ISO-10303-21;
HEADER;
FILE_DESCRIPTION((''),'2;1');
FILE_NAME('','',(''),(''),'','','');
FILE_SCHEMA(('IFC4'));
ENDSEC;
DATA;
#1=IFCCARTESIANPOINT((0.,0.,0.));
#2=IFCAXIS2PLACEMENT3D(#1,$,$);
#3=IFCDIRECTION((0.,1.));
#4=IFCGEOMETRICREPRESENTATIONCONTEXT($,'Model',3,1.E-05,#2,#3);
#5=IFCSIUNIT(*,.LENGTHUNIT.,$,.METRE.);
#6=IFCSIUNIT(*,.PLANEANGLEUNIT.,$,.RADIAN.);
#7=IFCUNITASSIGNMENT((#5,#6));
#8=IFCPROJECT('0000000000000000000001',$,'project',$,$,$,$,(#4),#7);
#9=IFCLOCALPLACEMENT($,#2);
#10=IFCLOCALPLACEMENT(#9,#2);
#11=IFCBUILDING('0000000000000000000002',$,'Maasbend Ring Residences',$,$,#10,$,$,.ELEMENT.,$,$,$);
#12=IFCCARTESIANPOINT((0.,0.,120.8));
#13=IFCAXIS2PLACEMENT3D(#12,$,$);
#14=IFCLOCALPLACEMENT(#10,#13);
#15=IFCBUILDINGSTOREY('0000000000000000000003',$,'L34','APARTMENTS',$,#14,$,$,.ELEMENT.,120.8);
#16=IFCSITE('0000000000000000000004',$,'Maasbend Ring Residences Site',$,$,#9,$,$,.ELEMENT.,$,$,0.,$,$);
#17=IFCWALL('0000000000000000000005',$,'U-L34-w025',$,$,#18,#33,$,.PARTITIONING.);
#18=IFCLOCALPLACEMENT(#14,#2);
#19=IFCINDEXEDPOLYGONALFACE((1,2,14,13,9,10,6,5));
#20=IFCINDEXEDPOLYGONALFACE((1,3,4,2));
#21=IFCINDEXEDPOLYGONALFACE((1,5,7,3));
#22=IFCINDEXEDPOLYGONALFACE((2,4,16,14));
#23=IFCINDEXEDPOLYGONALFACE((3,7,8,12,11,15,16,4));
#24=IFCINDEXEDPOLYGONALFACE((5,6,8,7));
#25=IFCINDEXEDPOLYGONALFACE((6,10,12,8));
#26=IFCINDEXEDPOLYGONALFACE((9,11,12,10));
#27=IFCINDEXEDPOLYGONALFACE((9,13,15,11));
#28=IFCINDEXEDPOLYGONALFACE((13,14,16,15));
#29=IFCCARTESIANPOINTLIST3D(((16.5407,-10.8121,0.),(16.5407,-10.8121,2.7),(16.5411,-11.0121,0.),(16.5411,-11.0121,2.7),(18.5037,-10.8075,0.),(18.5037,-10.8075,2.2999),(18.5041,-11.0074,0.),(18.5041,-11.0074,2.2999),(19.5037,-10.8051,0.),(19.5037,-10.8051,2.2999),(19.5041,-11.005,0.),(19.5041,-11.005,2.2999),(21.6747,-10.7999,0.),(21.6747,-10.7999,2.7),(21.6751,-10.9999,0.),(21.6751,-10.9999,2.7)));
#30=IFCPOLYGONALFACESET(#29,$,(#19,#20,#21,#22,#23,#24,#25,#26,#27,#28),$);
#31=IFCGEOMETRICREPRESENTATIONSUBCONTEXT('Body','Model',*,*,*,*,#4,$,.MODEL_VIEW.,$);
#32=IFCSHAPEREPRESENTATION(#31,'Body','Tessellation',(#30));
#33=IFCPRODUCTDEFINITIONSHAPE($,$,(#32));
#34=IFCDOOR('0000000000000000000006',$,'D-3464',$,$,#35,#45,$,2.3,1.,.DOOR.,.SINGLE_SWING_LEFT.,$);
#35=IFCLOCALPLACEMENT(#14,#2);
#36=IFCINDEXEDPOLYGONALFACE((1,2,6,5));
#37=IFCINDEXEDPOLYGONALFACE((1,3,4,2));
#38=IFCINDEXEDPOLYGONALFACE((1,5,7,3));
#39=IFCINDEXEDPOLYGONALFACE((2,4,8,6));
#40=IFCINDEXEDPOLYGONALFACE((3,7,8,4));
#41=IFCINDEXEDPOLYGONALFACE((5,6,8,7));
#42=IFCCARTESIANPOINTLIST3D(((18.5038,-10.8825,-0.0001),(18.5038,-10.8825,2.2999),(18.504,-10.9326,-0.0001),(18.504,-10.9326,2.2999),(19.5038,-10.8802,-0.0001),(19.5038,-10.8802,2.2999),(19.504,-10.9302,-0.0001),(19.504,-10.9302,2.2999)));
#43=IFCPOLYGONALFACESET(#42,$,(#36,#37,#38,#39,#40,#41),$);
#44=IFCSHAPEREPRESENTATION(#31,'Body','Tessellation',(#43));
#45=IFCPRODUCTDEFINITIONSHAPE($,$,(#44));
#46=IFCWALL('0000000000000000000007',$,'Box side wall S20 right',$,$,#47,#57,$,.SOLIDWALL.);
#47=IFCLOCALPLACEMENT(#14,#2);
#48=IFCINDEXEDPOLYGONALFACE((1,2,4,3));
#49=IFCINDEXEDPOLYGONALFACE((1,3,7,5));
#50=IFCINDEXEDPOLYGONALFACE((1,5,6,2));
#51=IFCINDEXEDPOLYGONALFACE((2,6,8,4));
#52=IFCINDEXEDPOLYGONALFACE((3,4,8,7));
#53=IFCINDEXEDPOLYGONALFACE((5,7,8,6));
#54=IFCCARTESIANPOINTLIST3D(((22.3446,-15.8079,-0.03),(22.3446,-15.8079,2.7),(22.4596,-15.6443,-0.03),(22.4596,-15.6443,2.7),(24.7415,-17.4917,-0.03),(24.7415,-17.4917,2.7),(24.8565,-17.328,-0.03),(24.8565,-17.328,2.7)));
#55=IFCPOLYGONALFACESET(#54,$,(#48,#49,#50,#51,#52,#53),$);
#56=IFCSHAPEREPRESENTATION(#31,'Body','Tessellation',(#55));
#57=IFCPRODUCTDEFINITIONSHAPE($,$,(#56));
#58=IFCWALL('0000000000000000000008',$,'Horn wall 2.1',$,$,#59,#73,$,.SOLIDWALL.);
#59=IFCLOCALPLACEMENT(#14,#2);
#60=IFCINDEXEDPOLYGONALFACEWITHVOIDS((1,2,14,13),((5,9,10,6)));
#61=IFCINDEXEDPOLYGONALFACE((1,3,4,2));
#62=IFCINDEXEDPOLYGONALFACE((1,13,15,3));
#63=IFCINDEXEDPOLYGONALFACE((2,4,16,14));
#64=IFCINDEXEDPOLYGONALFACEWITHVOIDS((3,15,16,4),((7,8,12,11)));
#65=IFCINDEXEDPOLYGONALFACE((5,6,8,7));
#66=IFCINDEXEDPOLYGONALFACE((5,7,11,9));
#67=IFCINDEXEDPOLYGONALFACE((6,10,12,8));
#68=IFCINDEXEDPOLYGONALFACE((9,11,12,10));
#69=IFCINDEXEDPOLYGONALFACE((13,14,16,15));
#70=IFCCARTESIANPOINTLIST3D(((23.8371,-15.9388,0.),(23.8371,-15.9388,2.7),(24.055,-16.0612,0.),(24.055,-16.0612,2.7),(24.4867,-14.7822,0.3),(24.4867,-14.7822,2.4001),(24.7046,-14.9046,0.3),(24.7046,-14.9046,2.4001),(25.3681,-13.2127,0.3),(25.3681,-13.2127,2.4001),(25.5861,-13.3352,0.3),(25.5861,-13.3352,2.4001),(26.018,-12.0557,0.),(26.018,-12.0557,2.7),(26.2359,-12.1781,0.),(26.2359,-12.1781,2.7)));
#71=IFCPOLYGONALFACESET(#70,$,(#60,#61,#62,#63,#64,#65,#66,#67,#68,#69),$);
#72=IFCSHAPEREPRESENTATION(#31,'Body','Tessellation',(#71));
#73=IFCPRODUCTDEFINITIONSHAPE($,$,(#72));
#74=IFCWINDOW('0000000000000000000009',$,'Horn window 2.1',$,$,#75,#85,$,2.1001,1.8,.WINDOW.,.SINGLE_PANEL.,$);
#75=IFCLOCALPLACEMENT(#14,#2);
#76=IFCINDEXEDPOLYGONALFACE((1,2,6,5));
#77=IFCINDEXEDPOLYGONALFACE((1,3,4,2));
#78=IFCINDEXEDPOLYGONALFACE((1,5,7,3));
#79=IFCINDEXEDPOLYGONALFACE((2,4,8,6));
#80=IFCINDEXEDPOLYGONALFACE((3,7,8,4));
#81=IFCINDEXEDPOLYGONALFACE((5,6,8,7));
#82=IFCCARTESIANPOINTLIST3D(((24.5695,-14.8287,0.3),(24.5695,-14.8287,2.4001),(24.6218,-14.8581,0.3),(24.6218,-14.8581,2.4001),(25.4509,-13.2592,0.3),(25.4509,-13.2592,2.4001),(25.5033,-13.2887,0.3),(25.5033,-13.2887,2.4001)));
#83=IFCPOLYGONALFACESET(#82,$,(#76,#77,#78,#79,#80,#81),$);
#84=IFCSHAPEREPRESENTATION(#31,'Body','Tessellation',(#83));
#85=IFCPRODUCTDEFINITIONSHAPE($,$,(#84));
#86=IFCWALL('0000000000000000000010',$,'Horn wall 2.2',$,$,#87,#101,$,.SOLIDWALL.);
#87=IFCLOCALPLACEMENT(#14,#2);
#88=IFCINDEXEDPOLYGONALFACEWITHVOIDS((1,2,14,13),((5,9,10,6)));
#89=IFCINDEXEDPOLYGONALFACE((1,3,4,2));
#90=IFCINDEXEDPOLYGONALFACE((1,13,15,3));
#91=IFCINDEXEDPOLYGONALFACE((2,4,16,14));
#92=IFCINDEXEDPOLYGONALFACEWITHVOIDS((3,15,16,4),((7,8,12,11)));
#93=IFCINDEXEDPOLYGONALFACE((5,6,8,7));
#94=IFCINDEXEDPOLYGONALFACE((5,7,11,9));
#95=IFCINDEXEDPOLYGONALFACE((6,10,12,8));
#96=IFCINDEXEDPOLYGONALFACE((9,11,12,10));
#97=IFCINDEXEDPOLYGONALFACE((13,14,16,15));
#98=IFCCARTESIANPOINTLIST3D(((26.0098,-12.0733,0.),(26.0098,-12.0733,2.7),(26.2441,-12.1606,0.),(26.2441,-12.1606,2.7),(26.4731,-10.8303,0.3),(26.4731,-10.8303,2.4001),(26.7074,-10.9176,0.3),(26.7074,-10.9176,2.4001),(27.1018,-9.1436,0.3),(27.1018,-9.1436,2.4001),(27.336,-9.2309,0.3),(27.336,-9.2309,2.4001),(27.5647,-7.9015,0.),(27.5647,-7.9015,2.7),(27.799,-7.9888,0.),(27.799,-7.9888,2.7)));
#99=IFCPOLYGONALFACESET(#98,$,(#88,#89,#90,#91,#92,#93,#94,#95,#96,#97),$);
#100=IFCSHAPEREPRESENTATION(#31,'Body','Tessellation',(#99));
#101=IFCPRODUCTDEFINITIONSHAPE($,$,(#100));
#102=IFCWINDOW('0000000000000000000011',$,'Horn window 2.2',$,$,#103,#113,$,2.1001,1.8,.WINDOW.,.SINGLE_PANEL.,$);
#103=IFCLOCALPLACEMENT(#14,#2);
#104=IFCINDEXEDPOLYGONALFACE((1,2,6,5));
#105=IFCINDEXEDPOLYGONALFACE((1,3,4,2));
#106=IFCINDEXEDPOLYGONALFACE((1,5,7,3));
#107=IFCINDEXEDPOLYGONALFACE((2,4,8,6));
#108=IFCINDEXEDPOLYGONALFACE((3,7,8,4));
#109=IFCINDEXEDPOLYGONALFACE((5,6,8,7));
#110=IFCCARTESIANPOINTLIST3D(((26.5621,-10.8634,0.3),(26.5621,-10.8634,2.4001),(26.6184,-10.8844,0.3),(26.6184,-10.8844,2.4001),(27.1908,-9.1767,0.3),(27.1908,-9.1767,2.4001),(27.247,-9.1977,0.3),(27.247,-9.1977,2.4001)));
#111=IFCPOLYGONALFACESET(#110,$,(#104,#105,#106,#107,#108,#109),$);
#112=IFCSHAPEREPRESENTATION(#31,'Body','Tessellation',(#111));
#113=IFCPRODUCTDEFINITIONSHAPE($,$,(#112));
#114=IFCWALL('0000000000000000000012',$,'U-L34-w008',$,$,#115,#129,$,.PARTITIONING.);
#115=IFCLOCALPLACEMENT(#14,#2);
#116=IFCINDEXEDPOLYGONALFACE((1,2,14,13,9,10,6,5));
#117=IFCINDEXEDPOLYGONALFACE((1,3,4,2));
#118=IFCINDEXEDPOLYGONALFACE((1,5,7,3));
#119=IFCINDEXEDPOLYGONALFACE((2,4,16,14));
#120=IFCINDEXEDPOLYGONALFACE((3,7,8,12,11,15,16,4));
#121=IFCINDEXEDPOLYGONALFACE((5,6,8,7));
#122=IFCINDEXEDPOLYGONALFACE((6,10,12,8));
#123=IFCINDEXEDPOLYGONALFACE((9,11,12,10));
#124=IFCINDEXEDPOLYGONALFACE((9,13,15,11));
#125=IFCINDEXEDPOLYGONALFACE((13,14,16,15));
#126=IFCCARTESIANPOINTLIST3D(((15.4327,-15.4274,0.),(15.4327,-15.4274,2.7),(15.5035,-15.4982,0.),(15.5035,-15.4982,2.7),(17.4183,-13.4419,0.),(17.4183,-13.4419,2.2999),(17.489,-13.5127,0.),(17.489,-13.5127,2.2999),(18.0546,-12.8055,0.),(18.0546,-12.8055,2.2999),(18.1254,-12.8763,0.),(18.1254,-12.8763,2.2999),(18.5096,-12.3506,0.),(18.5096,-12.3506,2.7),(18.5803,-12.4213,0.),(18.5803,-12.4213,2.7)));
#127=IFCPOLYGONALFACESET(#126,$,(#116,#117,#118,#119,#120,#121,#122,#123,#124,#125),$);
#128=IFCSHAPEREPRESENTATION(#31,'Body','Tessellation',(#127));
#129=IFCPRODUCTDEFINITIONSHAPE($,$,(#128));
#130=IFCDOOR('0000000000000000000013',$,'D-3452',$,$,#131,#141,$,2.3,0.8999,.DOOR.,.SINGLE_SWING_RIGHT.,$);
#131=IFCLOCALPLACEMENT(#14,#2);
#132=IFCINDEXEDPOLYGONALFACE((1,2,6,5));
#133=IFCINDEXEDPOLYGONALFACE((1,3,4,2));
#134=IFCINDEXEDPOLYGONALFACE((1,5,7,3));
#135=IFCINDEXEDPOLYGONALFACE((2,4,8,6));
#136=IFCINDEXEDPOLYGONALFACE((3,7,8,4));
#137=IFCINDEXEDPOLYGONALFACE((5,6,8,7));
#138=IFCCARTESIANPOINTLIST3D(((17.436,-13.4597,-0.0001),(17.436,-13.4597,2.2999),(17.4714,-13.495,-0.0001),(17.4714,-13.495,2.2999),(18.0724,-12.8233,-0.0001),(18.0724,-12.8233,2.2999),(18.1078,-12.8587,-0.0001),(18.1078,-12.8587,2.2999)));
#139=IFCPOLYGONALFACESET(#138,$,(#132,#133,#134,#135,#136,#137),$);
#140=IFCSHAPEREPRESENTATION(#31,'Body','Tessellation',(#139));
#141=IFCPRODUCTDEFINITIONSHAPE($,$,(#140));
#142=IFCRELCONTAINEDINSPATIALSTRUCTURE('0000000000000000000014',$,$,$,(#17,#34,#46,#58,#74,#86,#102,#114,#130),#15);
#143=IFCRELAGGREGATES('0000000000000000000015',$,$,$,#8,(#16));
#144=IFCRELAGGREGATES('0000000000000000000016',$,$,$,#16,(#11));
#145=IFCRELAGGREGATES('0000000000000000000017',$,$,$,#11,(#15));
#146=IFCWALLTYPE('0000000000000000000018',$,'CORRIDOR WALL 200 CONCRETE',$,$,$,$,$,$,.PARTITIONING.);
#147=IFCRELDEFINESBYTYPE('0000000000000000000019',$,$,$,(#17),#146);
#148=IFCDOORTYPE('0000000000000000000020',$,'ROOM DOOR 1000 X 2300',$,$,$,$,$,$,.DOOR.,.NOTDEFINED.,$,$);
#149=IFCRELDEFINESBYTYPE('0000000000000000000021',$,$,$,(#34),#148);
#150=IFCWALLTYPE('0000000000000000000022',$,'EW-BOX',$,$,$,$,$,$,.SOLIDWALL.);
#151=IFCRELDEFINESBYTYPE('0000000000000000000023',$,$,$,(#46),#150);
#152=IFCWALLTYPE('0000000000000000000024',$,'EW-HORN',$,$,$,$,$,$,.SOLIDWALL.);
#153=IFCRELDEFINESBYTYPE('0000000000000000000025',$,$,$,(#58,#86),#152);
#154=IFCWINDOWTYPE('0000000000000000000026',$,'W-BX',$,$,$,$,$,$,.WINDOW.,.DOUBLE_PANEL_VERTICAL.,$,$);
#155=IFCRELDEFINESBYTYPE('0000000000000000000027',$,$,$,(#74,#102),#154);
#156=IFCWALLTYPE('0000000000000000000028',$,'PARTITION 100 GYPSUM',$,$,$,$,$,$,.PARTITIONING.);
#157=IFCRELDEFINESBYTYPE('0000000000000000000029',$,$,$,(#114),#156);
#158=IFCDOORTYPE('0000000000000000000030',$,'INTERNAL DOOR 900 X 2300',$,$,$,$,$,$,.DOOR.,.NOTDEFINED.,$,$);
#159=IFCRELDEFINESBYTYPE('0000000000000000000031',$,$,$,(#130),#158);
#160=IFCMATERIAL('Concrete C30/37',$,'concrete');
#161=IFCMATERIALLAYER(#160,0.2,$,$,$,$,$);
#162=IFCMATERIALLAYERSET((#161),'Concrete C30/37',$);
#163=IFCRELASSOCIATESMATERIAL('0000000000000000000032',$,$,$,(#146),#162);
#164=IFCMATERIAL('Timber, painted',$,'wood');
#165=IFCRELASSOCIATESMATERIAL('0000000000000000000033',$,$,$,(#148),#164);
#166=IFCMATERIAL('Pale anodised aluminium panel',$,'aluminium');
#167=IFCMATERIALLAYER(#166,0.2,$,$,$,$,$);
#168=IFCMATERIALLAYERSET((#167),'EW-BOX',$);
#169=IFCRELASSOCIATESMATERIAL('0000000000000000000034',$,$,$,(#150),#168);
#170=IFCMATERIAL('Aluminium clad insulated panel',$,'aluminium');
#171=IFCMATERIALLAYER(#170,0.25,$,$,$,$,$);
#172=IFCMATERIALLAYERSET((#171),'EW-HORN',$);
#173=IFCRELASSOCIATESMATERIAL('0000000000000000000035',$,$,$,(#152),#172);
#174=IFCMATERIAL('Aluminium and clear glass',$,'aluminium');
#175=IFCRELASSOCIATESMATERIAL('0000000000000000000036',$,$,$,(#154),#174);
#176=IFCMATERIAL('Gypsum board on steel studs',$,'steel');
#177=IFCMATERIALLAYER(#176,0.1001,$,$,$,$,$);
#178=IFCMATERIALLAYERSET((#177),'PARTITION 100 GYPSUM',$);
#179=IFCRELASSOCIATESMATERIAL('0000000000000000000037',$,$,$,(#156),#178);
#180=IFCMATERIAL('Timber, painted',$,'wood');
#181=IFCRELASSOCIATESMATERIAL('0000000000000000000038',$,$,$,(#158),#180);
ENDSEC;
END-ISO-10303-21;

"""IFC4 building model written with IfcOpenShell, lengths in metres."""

from ifc_helpers import new_model, si_unit, direction, frame, frame_2d, origin, place, context, subcontext, project, spatial, rectangle, extrude, material, layer, layer_set, type_object, element, fill, save


model = new_model("IFC4")

# Units and contexts
model_context = context("Model", 3, precision=1e-05, world=origin(), true_north=direction((0.0, 1.0)))
body_context = subcontext(model_context, "Body", "Model", "MODEL_VIEW")
ifc_project = project(units=[si_unit("LENGTHUNIT", "METRE"), si_unit("PLANEANGLEUNIT", "RADIAN")], contexts=[model_context])

# Site, building, storey
site_placement = place(None, origin())
site = spatial("IfcSite", under=ifc_project, at=site_placement, Name="Maasbend Ring Residences Site", CompositionType="ELEMENT", RefElevation=0.0)
building_placement = place(site_placement, origin())
building = spatial("IfcBuilding", under=site, at=building_placement, Name="Maasbend Ring Residences", CompositionType="ELEMENT")
storey_placement = place(building_placement, frame((0.0, 0.0, 120.8)))
storey = spatial("IfcBuildingStorey", under=building, at=storey_placement, Name="L34", Description="APARTMENTS", CompositionType="ELEMENT", Elevation=120.8)

# Wall, opening, door
ifc_material_1 = material(Name="Concrete C30/37", Category="concrete")
ifc_layer_1 = layer(ifc_material_1, 0.2)
ifc_layer_set_1 = layer_set([ifc_layer_1], Name="Concrete C30/37")
wall_type_1 = type_object("IfcWallType", Name="CORRIDOR WALL 200 CONCRETE", PredefinedType="PARTITIONING", material=ifc_layer_set_1)
wall_1_placement = place(storey_placement, frame((16.541, -10.9121, 0.0), z_axis=(0.0, 0.0, 1.0), x_axis=(0.999997, 0.002378, 0.0)))
wall_1 = element("IfcWall", 1, at=wall_1_placement, inside=storey, type_object=wall_type_1, Name="U-L34-w025", PredefinedType="PARTITIONING", context=body_context, shape_type="SweptSolid", body=[
    extrude(rectangle(XDim=5.134, YDim=0.2, at=frame_2d((2.5669, 0.0))), origin(), (0.0, 0.0, 1.0), 2.7),
])
opening_1_placement = place(wall_1_placement, frame((1.9629, 0.0, 0.0)))
opening_1 = element("IfcOpeningElement", 2, at=opening_1_placement, cuts=wall_1, PredefinedType="OPENING", context=body_context, shape_type="SweptSolid", body=[
    extrude(rectangle(XDim=1.0, YDim=2.3, at=frame_2d((0.5, 1.1499))), frame((0.0, 0.1099, 0.0), z_axis=(0.0, -1.0, 0.0), x_axis=(1.0, 0.0, 0.0)), (0.0, 0.0, 1.0), 0.22),
])
ifc_material_2 = material(Name="Timber, painted", Category="wood")
door_type_1 = type_object("IfcDoorType", Name="ROOM DOOR 1000 X 2300", OperationType="NOTDEFINED", PredefinedType="DOOR", material=ifc_material_2)
door_1_placement = place(opening_1_placement, origin())
door_1 = element("IfcDoor", 3, at=door_1_placement, inside=storey, type_object=door_type_1, Name="D-3464", OperationType="SINGLE_SWING_LEFT", OverallHeight=2.3, OverallWidth=1.0, PredefinedType="DOOR", context=body_context, shape_type="SweptSolid", body=[
    extrude(rectangle(XDim=1.0, YDim=2.3, at=frame_2d((0.5, 1.1499))), frame((0.0, 0.0249, 0.0), z_axis=(0.0, -1.0, 0.0), x_axis=(1.0, 0.0, 0.0)), (0.0, 0.0, 1.0), 0.05),
])
fill(opening_1, door_1)

# Wall
ifc_material_3 = material(Name="Pale anodised aluminium panel", Category="aluminium")
ifc_layer_2 = layer(ifc_material_3, 0.2)
ifc_layer_set_2 = layer_set([ifc_layer_2], Name="EW-BOX")
wall_type_2 = type_object("IfcWallType", Name="EW-BOX", PredefinedType="SOLIDWALL", material=ifc_layer_set_2)
wall_2_placement = place(storey_placement, frame((22.4021, -15.7261, -0.03), z_axis=(0.0, 0.0, 1.0), x_axis=(0.818275, -0.574826, 0.0)))
element("IfcWall", 4, at=wall_2_placement, inside=storey, type_object=wall_type_2, Name="Box side wall S20 right", PredefinedType="SOLIDWALL", context=body_context, shape_type="SweptSolid", body=[
    extrude(rectangle(XDim=2.9292, YDim=0.2, at=frame_2d((1.4646, 0.0))), origin(), (0.0, 0.0, 1.0), 2.73),
])

# Walls, openings, windows
ifc_material_4 = material(Name="Aluminium clad insulated panel", Category="aluminium")
ifc_layer_3 = layer(ifc_material_4, 0.25)
ifc_layer_set_3 = layer_set([ifc_layer_3], Name="EW-HORN")
wall_type_3 = type_object("IfcWallType", Name="EW-HORN", PredefinedType="SOLIDWALL", material=ifc_layer_set_3)
wall_3_placement = place(storey_placement, frame((23.946, -16.0, 0.0), z_axis=(0.0, 0.0, 1.0), x_axis=(0.489696, 0.871893, 0.0)))
wall_3 = element("IfcWall", 5, at=wall_3_placement, inside=storey, type_object=wall_type_3, Name="Horn wall 2.1", PredefinedType="SOLIDWALL", context=body_context, shape_type="SweptSolid", body=[
    extrude(rectangle(XDim=4.4536, YDim=0.25, at=frame_2d((2.2268, 0.0))), origin(), (0.0, 0.0, 1.0), 2.7),
])
opening_2_placement = place(wall_3_placement, frame((1.3267, 0.0, 0.3)))
opening_2 = element("IfcOpeningElement", 6, at=opening_2_placement, cuts=wall_3, PredefinedType="OPENING", context=body_context, shape_type="SweptSolid", body=[
    extrude(rectangle(XDim=1.8, YDim=2.1001, at=frame_2d((0.8999, 1.05))), frame((0.0, 0.135, 0.0), z_axis=(0.0, -1.0, 0.0), x_axis=(1.0, 0.0, 0.0)), (0.0, 0.0, 1.0), 0.27),
])
ifc_material_5 = material(Name="Aluminium and clear glass", Category="aluminium")
window_type = type_object("IfcWindowType", Name="W-BX", PartitioningType="DOUBLE_PANEL_VERTICAL", PredefinedType="WINDOW", material=ifc_material_5)
window_1_placement = place(opening_2_placement, origin())
window_1 = element("IfcWindow", 7, at=window_1_placement, inside=storey, type_object=window_type, Name="Horn window 2.1", OverallHeight=2.1001, OverallWidth=1.8, PartitioningType="SINGLE_PANEL", PredefinedType="WINDOW", context=body_context, shape_type="SweptSolid", body=[
    extrude(rectangle(XDim=1.8, YDim=2.1001, at=frame_2d((0.8999, 1.05))), frame((0.0, 0.03, 0.0), z_axis=(0.0, -1.0, 0.0), x_axis=(1.0, 0.0, 0.0)), (0.0, 0.0, 1.0), 0.0601),
])
fill(opening_2, window_1)
wall_4_placement = place(storey_placement, frame((26.127, -12.1169, 0.0), z_axis=(0.0, 0.0, 1.0), x_axis=(0.349248, 0.93703, 0.0)))
wall_4 = element("IfcWall", 8, at=wall_4_placement, inside=storey, type_object=wall_type_3, Name="Horn wall 2.2", PredefinedType="SOLIDWALL", context=body_context, shape_type="SweptSolid", body=[
    extrude(rectangle(XDim=4.4521, YDim=0.25, at=frame_2d((2.2261, 0.0))), origin(), (0.0, 0.0, 1.0), 2.7),
])
opening_3_placement = place(wall_4_placement, frame((1.3267, 0.0, 0.3)))
opening_3 = element("IfcOpeningElement", 9, at=opening_3_placement, cuts=wall_4, PredefinedType="OPENING", context=body_context, shape_type="SweptSolid", body=[
    extrude(rectangle(XDim=1.8, YDim=2.1001, at=frame_2d((0.8999, 1.05))), frame((0.0, 0.135, 0.0), z_axis=(0.0, -1.0, 0.0), x_axis=(1.0, 0.0, 0.0)), (0.0, 0.0, 1.0), 0.27),
])
window_2_placement = place(opening_3_placement, origin())
window_2 = element("IfcWindow", 10, at=window_2_placement, inside=storey, type_object=window_type, Name="Horn window 2.2", OverallHeight=2.1001, OverallWidth=1.8, PartitioningType="SINGLE_PANEL", PredefinedType="WINDOW", context=body_context, shape_type="SweptSolid", body=[
    extrude(rectangle(XDim=1.8, YDim=2.1001, at=frame_2d((0.8999, 1.05))), frame((0.0, 0.03, 0.0), z_axis=(0.0, -1.0, 0.0), x_axis=(1.0, 0.0, 0.0)), (0.0, 0.0, 1.0), 0.0601),
])
fill(opening_3, window_2)

# Wall, opening, door
ifc_material_6 = material(Name="Gypsum board on steel studs", Category="steel")
ifc_layer_4 = layer(ifc_material_6, 0.1001)
ifc_layer_set_4 = layer_set([ifc_layer_4], Name="PARTITION 100 GYPSUM")
wall_type_4 = type_object("IfcWallType", Name="PARTITION 100 GYPSUM", PredefinedType="PARTITIONING", material=ifc_layer_set_4)
wall_5_placement = place(storey_placement, frame((15.468, -15.4629, 0.0), z_axis=(0.0, 0.0, 1.0), x_axis=(0.707107, 0.707107, 0.0)))
wall_5 = element("IfcWall", 11, at=wall_5_placement, inside=storey, type_object=wall_type_4, Name="U-L34-w008", PredefinedType="PARTITIONING", context=body_context, shape_type="SweptSolid", body=[
    extrude(rectangle(XDim=4.3513, YDim=0.1001, at=frame_2d((2.1758, 0.0))), origin(), (0.0, 0.0, 1.0), 2.7),
])
opening_4_placement = place(wall_5_placement, frame((2.8081, 0.0, 0.0)))
opening_4 = element("IfcOpeningElement", 12, at=opening_4_placement, cuts=wall_5, PredefinedType="OPENING", context=body_context, shape_type="SweptSolid", body=[
    extrude(rectangle(XDim=0.8999, YDim=2.3, at=frame_2d((0.45, 1.1499))), frame((0.0, 0.0601, 0.0), z_axis=(0.0, -1.0, 0.0), x_axis=(1.0, 0.0, 0.0)), (0.0, 0.0, 1.0), 0.1201),
])
ifc_material_7 = material(Name="Timber, painted", Category="wood")
door_type_2 = type_object("IfcDoorType", Name="INTERNAL DOOR 900 X 2300", OperationType="NOTDEFINED", PredefinedType="DOOR", material=ifc_material_7)
door_2_placement = place(opening_4_placement, origin())
door_2 = element("IfcDoor", 13, at=door_2_placement, inside=storey, type_object=door_type_2, Name="D-3452", OperationType="SINGLE_SWING_RIGHT", OverallHeight=2.3, OverallWidth=0.8999, PredefinedType="DOOR", context=body_context, shape_type="SweptSolid", body=[
    extrude(rectangle(XDim=0.8999, YDim=2.3, at=frame_2d((0.45, 1.1499))), frame((0.0, 0.0249, 0.0), z_axis=(0.0, -1.0, 0.0), x_axis=(1.0, 0.0, 0.0)), (0.0, 0.0, 1.0), 0.05),
])
fill(opening_4, door_2)

save(model, "model.ifc")
